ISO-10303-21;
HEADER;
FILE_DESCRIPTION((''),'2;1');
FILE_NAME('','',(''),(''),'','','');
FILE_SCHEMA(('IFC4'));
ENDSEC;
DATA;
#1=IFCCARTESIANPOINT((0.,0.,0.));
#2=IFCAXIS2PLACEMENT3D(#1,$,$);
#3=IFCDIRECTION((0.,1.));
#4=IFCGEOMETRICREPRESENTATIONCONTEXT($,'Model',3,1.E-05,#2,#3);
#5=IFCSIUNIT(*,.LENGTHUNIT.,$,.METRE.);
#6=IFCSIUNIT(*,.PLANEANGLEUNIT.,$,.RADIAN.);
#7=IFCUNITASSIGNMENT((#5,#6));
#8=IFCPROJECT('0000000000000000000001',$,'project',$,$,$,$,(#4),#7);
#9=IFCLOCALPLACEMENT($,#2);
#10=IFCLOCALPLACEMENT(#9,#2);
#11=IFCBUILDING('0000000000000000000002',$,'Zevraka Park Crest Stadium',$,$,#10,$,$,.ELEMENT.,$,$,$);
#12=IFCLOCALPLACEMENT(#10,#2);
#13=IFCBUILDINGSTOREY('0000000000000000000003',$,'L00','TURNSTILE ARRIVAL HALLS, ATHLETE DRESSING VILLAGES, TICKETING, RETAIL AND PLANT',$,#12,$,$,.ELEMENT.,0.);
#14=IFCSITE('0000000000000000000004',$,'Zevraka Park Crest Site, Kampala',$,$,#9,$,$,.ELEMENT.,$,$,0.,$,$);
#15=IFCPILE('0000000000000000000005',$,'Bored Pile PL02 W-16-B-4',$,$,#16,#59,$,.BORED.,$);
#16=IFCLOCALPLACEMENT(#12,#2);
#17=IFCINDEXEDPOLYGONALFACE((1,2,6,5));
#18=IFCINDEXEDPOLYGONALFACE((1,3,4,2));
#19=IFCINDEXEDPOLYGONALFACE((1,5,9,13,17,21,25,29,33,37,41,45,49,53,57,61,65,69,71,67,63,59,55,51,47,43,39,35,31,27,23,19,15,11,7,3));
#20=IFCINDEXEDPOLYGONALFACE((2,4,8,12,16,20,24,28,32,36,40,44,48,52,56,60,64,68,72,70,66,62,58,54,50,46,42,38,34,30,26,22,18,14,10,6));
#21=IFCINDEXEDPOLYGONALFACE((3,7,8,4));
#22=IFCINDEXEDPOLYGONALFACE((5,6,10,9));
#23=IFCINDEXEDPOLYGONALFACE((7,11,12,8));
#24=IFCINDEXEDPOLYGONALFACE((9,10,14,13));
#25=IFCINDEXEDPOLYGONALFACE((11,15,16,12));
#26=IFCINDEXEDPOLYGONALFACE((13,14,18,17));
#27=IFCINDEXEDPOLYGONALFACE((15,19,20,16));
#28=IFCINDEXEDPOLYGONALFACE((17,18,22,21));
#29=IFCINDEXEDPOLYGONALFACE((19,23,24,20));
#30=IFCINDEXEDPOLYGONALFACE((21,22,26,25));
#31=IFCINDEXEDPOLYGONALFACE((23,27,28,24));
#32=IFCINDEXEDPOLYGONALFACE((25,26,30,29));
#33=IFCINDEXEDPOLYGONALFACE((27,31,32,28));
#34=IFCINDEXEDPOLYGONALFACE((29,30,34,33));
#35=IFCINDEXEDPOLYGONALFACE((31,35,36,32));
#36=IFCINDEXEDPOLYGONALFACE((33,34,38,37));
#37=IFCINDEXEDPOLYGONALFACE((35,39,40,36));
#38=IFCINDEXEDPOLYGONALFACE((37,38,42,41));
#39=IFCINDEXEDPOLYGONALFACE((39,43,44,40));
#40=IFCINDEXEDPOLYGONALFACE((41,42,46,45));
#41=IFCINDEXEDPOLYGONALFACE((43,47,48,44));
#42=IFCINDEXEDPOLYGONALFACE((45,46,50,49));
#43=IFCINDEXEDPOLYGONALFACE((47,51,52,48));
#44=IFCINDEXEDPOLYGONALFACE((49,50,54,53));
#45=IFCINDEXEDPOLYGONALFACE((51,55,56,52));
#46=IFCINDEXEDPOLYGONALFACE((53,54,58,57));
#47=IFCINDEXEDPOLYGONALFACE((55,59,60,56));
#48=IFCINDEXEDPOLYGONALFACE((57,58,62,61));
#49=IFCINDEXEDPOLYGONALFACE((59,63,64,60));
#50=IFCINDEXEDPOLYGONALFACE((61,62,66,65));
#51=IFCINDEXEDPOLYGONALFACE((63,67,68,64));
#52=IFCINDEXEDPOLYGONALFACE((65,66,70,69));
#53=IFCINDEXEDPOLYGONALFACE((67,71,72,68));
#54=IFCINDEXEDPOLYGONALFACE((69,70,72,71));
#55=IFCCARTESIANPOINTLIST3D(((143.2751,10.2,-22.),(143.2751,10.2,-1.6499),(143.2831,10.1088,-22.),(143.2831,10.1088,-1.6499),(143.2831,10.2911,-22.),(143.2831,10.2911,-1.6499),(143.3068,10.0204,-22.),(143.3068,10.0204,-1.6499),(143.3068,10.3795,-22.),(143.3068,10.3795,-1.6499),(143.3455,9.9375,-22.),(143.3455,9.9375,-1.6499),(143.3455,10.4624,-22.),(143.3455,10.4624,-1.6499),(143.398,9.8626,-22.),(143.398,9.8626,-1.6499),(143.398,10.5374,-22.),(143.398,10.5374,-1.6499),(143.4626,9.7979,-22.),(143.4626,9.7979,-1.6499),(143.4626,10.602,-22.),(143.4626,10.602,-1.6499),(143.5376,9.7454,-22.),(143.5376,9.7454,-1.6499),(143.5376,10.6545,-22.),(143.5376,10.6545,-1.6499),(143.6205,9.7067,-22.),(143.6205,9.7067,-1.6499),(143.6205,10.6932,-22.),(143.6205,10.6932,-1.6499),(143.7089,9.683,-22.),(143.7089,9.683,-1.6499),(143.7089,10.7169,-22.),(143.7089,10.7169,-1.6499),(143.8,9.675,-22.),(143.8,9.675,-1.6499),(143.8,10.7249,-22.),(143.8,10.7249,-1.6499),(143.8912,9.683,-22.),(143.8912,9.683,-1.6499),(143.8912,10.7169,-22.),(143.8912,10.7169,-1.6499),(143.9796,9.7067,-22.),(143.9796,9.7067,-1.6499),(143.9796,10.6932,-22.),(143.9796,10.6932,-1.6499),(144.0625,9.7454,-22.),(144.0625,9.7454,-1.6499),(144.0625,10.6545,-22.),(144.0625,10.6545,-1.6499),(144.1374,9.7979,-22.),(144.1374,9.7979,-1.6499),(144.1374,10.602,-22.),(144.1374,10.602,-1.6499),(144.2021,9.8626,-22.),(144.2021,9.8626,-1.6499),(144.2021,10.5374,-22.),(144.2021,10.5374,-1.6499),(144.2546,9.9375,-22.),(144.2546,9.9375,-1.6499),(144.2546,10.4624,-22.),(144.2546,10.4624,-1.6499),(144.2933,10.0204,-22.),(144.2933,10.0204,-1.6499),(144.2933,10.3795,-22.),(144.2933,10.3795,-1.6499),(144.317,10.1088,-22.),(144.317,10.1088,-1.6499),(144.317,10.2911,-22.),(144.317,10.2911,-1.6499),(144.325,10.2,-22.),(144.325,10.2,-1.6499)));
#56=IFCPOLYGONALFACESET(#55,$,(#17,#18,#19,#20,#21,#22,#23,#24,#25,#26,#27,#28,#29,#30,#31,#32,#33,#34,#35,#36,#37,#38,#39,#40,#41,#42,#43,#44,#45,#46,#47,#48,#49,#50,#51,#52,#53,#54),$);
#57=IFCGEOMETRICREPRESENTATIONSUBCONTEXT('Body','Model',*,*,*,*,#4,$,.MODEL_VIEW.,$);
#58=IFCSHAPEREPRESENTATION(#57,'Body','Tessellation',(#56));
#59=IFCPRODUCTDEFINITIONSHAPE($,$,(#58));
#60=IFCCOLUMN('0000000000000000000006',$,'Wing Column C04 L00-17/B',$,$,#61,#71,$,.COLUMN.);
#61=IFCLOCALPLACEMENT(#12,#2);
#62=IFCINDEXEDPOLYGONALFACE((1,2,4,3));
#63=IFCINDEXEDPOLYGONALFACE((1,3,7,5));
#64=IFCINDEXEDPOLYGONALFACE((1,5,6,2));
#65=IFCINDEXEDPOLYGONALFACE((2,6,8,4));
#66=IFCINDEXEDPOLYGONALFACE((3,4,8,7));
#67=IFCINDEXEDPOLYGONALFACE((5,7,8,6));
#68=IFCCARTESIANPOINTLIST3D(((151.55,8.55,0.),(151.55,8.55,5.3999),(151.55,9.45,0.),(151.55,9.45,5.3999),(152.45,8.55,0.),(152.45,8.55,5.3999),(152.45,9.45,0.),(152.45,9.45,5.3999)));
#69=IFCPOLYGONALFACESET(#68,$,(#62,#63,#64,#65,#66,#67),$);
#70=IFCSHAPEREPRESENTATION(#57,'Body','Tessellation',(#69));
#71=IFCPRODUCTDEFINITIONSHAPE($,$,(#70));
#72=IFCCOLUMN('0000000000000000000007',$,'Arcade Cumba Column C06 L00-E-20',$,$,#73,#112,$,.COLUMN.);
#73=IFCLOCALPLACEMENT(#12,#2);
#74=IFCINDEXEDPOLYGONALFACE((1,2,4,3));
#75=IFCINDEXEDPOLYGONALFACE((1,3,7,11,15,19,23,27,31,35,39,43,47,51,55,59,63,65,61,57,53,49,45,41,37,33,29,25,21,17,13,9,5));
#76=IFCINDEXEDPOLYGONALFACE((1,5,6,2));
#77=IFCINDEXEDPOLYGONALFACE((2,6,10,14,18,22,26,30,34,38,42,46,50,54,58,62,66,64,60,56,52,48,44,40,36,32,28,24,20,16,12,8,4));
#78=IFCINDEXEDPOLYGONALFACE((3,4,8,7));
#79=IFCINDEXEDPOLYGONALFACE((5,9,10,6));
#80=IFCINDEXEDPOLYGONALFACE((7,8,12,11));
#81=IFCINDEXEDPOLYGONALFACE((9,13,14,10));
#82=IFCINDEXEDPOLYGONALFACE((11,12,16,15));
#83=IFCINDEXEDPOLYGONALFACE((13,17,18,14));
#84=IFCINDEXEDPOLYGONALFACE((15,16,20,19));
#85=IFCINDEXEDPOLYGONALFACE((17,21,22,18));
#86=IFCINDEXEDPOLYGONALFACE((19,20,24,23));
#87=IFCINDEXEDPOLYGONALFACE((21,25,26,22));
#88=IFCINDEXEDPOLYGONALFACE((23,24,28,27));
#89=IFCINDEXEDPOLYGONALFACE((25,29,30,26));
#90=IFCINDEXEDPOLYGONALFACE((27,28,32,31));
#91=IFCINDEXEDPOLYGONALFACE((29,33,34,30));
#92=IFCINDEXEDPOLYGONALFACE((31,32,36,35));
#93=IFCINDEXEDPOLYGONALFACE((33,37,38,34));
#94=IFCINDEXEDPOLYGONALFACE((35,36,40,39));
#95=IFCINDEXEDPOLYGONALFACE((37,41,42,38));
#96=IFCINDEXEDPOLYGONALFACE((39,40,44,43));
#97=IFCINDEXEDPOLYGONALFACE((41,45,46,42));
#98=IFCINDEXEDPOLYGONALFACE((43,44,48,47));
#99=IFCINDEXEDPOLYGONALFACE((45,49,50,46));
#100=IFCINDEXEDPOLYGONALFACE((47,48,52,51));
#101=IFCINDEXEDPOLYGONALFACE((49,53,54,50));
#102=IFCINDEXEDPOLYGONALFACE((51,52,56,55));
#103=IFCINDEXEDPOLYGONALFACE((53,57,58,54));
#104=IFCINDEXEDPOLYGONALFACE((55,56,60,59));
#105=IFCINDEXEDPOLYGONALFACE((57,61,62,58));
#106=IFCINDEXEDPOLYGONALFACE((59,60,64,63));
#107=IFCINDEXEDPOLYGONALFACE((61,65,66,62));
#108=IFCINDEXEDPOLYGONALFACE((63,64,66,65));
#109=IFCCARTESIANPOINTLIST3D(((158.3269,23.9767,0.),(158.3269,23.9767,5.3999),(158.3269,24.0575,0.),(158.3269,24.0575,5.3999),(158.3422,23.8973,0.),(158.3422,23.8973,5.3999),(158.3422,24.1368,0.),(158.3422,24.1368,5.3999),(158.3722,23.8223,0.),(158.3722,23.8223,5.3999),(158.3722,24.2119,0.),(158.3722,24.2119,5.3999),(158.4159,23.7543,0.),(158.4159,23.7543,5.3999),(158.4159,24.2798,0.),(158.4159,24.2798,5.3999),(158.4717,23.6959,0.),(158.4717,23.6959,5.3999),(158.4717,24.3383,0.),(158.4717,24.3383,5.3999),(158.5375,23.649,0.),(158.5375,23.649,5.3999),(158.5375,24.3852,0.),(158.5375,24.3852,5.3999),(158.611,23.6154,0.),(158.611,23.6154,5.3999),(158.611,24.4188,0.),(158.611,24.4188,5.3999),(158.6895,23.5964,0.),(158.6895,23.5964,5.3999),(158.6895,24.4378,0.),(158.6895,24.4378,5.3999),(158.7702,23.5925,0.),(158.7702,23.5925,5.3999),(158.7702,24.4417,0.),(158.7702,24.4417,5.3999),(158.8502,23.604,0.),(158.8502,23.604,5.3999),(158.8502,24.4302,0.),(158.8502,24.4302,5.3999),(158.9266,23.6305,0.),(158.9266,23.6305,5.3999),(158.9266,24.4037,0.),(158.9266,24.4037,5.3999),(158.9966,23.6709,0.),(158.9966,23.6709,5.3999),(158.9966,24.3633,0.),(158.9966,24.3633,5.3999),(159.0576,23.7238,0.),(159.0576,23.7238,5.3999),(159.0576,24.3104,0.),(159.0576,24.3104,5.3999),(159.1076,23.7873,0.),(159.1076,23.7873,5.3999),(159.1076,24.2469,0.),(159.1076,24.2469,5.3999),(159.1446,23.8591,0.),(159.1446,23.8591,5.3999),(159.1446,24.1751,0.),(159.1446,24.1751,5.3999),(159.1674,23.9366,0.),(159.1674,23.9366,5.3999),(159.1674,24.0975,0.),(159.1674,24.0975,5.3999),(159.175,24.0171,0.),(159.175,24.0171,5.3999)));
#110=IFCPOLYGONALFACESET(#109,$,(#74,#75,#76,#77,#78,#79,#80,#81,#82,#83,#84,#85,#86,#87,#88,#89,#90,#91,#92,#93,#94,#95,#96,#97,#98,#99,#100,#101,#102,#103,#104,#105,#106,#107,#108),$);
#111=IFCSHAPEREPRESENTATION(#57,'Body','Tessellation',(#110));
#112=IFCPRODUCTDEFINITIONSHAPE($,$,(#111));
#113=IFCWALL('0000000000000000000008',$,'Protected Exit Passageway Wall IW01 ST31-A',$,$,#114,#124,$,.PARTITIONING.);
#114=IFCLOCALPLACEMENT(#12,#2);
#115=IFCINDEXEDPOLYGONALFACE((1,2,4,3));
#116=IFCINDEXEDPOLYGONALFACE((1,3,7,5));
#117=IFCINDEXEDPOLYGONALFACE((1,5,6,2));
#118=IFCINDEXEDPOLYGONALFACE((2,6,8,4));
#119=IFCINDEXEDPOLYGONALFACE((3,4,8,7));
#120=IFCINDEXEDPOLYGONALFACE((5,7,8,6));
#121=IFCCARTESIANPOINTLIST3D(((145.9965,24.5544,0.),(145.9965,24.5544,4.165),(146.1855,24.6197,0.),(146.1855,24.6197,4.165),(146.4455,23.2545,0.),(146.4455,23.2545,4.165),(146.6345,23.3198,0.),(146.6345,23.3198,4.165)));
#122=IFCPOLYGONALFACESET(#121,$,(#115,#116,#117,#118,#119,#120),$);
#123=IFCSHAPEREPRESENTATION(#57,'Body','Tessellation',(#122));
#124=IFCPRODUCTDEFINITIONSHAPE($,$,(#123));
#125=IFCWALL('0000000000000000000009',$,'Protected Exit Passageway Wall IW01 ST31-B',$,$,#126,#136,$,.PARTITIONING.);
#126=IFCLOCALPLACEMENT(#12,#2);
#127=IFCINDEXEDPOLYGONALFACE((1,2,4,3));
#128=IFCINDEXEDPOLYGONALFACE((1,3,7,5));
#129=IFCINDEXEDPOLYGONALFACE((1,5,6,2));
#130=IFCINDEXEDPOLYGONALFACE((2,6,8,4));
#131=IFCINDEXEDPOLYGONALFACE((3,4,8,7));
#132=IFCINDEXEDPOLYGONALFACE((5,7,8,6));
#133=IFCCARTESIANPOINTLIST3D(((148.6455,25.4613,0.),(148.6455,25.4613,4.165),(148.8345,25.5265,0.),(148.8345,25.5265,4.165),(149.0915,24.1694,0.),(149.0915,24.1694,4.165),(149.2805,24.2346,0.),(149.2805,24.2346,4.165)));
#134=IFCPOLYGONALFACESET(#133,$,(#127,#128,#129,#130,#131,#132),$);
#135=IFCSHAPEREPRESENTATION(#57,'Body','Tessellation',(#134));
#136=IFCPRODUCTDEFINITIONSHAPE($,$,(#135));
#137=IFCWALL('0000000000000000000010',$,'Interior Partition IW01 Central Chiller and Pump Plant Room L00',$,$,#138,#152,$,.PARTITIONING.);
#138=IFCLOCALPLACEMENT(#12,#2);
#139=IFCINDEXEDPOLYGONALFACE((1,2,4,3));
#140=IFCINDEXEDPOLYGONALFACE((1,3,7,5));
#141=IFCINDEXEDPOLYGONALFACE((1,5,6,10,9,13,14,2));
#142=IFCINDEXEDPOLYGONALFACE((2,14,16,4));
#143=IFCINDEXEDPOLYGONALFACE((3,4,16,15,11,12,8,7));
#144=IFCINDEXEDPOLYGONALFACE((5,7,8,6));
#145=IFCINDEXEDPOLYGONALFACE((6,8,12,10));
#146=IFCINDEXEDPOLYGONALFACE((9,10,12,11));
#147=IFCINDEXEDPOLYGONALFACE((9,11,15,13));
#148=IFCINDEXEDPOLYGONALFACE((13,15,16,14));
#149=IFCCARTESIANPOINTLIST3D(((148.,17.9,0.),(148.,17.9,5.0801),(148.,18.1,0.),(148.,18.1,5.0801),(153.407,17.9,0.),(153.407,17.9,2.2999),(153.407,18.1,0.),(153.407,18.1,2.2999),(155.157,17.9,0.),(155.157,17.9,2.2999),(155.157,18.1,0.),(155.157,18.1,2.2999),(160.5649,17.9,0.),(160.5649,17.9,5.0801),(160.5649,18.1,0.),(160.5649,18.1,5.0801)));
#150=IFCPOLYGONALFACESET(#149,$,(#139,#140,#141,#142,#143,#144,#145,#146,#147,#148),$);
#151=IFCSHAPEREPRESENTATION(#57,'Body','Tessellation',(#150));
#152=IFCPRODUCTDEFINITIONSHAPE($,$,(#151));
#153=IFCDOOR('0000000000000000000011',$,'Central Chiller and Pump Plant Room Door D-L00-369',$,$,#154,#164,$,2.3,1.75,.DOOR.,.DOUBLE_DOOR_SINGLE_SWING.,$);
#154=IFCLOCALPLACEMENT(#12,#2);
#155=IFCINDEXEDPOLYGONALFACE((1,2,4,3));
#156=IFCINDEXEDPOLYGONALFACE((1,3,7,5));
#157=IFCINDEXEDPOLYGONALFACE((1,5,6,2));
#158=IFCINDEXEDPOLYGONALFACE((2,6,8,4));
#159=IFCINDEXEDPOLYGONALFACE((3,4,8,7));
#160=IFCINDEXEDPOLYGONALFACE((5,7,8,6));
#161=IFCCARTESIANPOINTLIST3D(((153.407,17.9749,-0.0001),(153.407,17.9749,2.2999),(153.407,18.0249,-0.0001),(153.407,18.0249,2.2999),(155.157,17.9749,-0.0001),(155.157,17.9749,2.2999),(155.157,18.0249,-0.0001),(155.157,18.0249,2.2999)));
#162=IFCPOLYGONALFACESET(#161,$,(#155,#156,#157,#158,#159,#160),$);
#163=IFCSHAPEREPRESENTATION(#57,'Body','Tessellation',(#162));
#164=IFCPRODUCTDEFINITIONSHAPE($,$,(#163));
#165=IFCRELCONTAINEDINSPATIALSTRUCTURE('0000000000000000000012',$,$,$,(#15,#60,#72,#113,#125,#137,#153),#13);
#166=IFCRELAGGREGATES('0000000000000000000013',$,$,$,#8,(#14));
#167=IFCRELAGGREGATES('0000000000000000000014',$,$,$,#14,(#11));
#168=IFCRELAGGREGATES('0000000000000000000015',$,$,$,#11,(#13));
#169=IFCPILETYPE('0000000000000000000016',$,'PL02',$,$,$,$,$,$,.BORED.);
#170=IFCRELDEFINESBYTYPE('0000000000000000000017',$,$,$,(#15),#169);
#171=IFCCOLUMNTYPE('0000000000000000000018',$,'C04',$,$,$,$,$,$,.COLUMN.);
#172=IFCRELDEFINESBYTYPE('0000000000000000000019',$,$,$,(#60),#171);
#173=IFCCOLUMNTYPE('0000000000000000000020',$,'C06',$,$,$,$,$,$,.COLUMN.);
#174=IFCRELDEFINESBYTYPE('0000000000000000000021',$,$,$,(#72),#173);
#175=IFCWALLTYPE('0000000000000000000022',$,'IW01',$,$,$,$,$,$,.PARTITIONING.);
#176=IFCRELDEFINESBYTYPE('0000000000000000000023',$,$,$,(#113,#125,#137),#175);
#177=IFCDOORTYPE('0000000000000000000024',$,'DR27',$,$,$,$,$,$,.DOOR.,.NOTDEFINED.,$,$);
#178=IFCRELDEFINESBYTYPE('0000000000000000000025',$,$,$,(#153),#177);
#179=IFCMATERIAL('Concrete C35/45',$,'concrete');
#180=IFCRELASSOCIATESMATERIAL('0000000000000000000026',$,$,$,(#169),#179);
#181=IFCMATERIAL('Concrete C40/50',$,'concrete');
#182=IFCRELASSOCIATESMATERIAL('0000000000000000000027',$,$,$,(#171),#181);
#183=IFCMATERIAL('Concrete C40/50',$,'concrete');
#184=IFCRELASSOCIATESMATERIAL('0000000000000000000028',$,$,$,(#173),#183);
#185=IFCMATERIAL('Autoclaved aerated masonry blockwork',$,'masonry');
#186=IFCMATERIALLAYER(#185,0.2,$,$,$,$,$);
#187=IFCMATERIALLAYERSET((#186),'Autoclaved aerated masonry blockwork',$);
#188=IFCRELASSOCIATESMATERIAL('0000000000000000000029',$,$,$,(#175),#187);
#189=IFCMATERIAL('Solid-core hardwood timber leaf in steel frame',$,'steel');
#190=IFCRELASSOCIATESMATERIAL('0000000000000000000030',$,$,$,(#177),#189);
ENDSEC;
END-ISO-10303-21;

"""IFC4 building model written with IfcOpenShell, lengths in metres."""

from ifc_helpers import new_model, si_unit, direction, frame, frame_2d, origin, origin_2d, place, context, subcontext, project, spatial, rectangle, circle, extrude, material, layer, layer_set, material_profile, profile_set, type_object, element, fill, save


model = new_model("IFC4")

# Units and contexts
model_context = context("Model", 3, precision=1e-05, world=origin(), true_north=direction((0.0, 1.0)))
body_context = subcontext(model_context, "Body", "Model", "MODEL_VIEW")
ifc_project = project(units=[si_unit("LENGTHUNIT", "METRE"), si_unit("PLANEANGLEUNIT", "RADIAN")], contexts=[model_context])

# Site, building, storey
site_placement = place(None, origin())
site = spatial("IfcSite", under=ifc_project, at=site_placement, Name="Zevraka Park Crest Site, Kampala", CompositionType="ELEMENT", RefElevation=0.0)
building_placement = place(site_placement, origin())
building = spatial("IfcBuilding", under=site, at=building_placement, Name="Zevraka Park Crest Stadium", CompositionType="ELEMENT")
storey_placement = place(building_placement, origin())
storey = spatial("IfcBuildingStorey", under=building, at=storey_placement, Name="L00", Description="TURNSTILE ARRIVAL HALLS, ATHLETE DRESSING VILLAGES, TICKETING, RETAIL AND PLANT", CompositionType="ELEMENT", Elevation=0.0)

# Pile
ifc_material_1 = material(Name="Concrete C35/45", Category="concrete")
ifc_material_profile_1 = material_profile(ifc_material_1, circle(Radius=0.5249, at=origin_2d()), Name="PILE D1050")
ifc_profile_set_1 = profile_set([ifc_material_profile_1], Name="Concrete C35/45")
pile_type_1 = type_object("IfcPileType", Name="PL02", PredefinedType="BORED", material=ifc_profile_set_1)
pile_1_placement = place(storey_placement, frame((143.8, 10.2, -1.6499), z_axis=(0.0, 0.0, -1.0), x_axis=(1.0, 0.0, 0.0)))
element("IfcPile", 1, at=pile_1_placement, inside=storey, type_object=pile_type_1, Name="Bored Pile PL02 W-16-B-4", PredefinedType="BORED", context=body_context, shape_type="SweptSolid", body=[
    extrude(circle(Radius=0.5249, at=origin_2d()), origin(), (0.0, 0.0, 1.0), 20.3501),
])

# Columns
ifc_material_2 = material(Name="Concrete C40/50", Category="concrete")
ifc_material_profile_2 = material_profile(ifc_material_2, rectangle(XDim=0.8999, YDim=0.8999, at=origin_2d()), Name="RC 900x900")
ifc_profile_set_2 = profile_set([ifc_material_profile_2], Name="Concrete C40/50")
column_type_1 = type_object("IfcColumnType", Name="C04", PredefinedType="COLUMN", material=ifc_profile_set_2)
column_1_placement = place(storey_placement, frame((152.0, 9.0, 0.0), z_axis=(0.0, 0.0, 1.0), x_axis=(1.0, 0.0, 0.0)))
element("IfcColumn", 2, at=column_1_placement, inside=storey, type_object=column_type_1, Name="Wing Column C04 L00-17/B", PredefinedType="COLUMN", context=body_context, shape_type="SweptSolid", body=[
    extrude(rectangle(XDim=0.8999, YDim=0.8999, at=origin_2d()), origin(), (0.0, 0.0, 1.0), 5.3999),
])
ifc_material_3 = material(Name="Concrete C40/50", Category="concrete")
ifc_material_profile_3 = material_profile(ifc_material_3, circle(Radius=0.425, at=origin_2d()), Name="RC D850")
ifc_profile_set_3 = profile_set([ifc_material_profile_3], Name="Concrete C40/50")
column_type_2 = type_object("IfcColumnType", Name="C06", PredefinedType="COLUMN", material=ifc_profile_set_3)
column_2_placement = place(storey_placement, frame((158.75, 24.0171, 0.0), z_axis=(0.0, 0.0, 1.0), x_axis=(1.0, 0.0, 0.0)))
element("IfcColumn", 3, at=column_2_placement, inside=storey, type_object=column_type_2, Name="Arcade Cumba Column C06 L00-E-20", PredefinedType="COLUMN", context=body_context, shape_type="SweptSolid", body=[
    extrude(circle(Radius=0.425, at=origin_2d()), origin(), (0.0, 0.0, 1.0), 5.3999),
])

# Walls
ifc_material_4 = material(Name="Autoclaved aerated masonry blockwork", Category="masonry")
ifc_layer_1 = layer(ifc_material_4, 0.2)
ifc_layer_set_1 = layer_set([ifc_layer_1], Name="Autoclaved aerated masonry blockwork")
wall_type_1 = type_object("IfcWallType", Name="IW01", PredefinedType="PARTITIONING", material=ifc_layer_set_1)
wall_1_placement = place(storey_placement, frame((146.0911, 24.5869, 0.0), z_axis=(0.0, 0.0, 1.0), x_axis=(0.326489, -0.945201, 0.0)))
element("IfcWall", 4, at=wall_1_placement, inside=storey, type_object=wall_type_1, Name="Protected Exit Passageway Wall IW01 ST31-A", PredefinedType="PARTITIONING", context=body_context, shape_type="SweptSolid", body=[
    extrude(rectangle(XDim=1.3752, YDim=0.2, at=frame_2d((0.6875, 0.0))), origin(), (0.0, 0.0, 1.0), 4.165),
])
wall_2_placement = place(storey_placement, frame((148.74, 25.4939, 0.0), z_axis=(0.0, 0.0, 1.0), x_axis=(0.326337, -0.945253, 0.0)))
element("IfcWall", 5, at=wall_2_placement, inside=storey, type_object=wall_type_1, Name="Protected Exit Passageway Wall IW01 ST31-B", PredefinedType="PARTITIONING", context=body_context, shape_type="SweptSolid", body=[
    extrude(rectangle(XDim=1.3667, YDim=0.2, at=frame_2d((0.6833, 0.0))), origin(), (0.0, 0.0, 1.0), 4.165),
])

# Wall, opening, door
wall_3_placement = place(storey_placement, frame((148.0, 18.0, 0.0), z_axis=(0.0, 0.0, 1.0), x_axis=(1.0, 0.0, 0.0)))
wall_3 = element("IfcWall", 6, at=wall_3_placement, inside=storey, type_object=wall_type_1, Name="Interior Partition IW01 Central Chiller and Pump Plant Room L00", PredefinedType="PARTITIONING", context=body_context, shape_type="SweptSolid", body=[
    extrude(rectangle(XDim=12.5649, YDim=0.2, at=frame_2d((6.2825, 0.0))), origin(), (0.0, 0.0, 1.0), 5.0801),
])
opening_1_placement = place(wall_3_placement, frame((5.407, 0.0, 0.0)))
opening_1 = element("IfcOpeningElement", 7, at=opening_1_placement, cuts=wall_3, PredefinedType="OPENING", context=body_context, shape_type="SweptSolid", body=[
    extrude(rectangle(XDim=1.75, YDim=2.3, at=frame_2d((0.875, 1.1499))), frame((0.0, 0.1099, 0.0), z_axis=(0.0, -1.0, 0.0), x_axis=(1.0, 0.0, 0.0)), (0.0, 0.0, 1.0), 0.22),
])
ifc_material_5 = material(Name="Solid-core hardwood timber leaf in steel frame", Category="steel")
door_type_1 = type_object("IfcDoorType", Name="DR27", OperationType="NOTDEFINED", PredefinedType="DOOR", material=ifc_material_5)
door_1_placement = place(opening_1_placement, origin())
door_1 = element("IfcDoor", 8, at=door_1_placement, inside=storey, type_object=door_type_1, Name="Central Chiller and Pump Plant Room Door D-L00-369", OperationType="DOUBLE_DOOR_SINGLE_SWING", OverallHeight=2.3, OverallWidth=1.75, PredefinedType="DOOR", context=body_context, shape_type="SweptSolid", body=[
    extrude(rectangle(XDim=1.75, YDim=2.3, at=frame_2d((0.875, 1.1499))), frame((0.0, 0.0249, 0.0), z_axis=(0.0, -1.0, 0.0), x_axis=(1.0, 0.0, 0.0)), (0.0, 0.0, 1.0), 0.05),
])
fill(opening_1, door_1)

save(model, "model.ifc")
